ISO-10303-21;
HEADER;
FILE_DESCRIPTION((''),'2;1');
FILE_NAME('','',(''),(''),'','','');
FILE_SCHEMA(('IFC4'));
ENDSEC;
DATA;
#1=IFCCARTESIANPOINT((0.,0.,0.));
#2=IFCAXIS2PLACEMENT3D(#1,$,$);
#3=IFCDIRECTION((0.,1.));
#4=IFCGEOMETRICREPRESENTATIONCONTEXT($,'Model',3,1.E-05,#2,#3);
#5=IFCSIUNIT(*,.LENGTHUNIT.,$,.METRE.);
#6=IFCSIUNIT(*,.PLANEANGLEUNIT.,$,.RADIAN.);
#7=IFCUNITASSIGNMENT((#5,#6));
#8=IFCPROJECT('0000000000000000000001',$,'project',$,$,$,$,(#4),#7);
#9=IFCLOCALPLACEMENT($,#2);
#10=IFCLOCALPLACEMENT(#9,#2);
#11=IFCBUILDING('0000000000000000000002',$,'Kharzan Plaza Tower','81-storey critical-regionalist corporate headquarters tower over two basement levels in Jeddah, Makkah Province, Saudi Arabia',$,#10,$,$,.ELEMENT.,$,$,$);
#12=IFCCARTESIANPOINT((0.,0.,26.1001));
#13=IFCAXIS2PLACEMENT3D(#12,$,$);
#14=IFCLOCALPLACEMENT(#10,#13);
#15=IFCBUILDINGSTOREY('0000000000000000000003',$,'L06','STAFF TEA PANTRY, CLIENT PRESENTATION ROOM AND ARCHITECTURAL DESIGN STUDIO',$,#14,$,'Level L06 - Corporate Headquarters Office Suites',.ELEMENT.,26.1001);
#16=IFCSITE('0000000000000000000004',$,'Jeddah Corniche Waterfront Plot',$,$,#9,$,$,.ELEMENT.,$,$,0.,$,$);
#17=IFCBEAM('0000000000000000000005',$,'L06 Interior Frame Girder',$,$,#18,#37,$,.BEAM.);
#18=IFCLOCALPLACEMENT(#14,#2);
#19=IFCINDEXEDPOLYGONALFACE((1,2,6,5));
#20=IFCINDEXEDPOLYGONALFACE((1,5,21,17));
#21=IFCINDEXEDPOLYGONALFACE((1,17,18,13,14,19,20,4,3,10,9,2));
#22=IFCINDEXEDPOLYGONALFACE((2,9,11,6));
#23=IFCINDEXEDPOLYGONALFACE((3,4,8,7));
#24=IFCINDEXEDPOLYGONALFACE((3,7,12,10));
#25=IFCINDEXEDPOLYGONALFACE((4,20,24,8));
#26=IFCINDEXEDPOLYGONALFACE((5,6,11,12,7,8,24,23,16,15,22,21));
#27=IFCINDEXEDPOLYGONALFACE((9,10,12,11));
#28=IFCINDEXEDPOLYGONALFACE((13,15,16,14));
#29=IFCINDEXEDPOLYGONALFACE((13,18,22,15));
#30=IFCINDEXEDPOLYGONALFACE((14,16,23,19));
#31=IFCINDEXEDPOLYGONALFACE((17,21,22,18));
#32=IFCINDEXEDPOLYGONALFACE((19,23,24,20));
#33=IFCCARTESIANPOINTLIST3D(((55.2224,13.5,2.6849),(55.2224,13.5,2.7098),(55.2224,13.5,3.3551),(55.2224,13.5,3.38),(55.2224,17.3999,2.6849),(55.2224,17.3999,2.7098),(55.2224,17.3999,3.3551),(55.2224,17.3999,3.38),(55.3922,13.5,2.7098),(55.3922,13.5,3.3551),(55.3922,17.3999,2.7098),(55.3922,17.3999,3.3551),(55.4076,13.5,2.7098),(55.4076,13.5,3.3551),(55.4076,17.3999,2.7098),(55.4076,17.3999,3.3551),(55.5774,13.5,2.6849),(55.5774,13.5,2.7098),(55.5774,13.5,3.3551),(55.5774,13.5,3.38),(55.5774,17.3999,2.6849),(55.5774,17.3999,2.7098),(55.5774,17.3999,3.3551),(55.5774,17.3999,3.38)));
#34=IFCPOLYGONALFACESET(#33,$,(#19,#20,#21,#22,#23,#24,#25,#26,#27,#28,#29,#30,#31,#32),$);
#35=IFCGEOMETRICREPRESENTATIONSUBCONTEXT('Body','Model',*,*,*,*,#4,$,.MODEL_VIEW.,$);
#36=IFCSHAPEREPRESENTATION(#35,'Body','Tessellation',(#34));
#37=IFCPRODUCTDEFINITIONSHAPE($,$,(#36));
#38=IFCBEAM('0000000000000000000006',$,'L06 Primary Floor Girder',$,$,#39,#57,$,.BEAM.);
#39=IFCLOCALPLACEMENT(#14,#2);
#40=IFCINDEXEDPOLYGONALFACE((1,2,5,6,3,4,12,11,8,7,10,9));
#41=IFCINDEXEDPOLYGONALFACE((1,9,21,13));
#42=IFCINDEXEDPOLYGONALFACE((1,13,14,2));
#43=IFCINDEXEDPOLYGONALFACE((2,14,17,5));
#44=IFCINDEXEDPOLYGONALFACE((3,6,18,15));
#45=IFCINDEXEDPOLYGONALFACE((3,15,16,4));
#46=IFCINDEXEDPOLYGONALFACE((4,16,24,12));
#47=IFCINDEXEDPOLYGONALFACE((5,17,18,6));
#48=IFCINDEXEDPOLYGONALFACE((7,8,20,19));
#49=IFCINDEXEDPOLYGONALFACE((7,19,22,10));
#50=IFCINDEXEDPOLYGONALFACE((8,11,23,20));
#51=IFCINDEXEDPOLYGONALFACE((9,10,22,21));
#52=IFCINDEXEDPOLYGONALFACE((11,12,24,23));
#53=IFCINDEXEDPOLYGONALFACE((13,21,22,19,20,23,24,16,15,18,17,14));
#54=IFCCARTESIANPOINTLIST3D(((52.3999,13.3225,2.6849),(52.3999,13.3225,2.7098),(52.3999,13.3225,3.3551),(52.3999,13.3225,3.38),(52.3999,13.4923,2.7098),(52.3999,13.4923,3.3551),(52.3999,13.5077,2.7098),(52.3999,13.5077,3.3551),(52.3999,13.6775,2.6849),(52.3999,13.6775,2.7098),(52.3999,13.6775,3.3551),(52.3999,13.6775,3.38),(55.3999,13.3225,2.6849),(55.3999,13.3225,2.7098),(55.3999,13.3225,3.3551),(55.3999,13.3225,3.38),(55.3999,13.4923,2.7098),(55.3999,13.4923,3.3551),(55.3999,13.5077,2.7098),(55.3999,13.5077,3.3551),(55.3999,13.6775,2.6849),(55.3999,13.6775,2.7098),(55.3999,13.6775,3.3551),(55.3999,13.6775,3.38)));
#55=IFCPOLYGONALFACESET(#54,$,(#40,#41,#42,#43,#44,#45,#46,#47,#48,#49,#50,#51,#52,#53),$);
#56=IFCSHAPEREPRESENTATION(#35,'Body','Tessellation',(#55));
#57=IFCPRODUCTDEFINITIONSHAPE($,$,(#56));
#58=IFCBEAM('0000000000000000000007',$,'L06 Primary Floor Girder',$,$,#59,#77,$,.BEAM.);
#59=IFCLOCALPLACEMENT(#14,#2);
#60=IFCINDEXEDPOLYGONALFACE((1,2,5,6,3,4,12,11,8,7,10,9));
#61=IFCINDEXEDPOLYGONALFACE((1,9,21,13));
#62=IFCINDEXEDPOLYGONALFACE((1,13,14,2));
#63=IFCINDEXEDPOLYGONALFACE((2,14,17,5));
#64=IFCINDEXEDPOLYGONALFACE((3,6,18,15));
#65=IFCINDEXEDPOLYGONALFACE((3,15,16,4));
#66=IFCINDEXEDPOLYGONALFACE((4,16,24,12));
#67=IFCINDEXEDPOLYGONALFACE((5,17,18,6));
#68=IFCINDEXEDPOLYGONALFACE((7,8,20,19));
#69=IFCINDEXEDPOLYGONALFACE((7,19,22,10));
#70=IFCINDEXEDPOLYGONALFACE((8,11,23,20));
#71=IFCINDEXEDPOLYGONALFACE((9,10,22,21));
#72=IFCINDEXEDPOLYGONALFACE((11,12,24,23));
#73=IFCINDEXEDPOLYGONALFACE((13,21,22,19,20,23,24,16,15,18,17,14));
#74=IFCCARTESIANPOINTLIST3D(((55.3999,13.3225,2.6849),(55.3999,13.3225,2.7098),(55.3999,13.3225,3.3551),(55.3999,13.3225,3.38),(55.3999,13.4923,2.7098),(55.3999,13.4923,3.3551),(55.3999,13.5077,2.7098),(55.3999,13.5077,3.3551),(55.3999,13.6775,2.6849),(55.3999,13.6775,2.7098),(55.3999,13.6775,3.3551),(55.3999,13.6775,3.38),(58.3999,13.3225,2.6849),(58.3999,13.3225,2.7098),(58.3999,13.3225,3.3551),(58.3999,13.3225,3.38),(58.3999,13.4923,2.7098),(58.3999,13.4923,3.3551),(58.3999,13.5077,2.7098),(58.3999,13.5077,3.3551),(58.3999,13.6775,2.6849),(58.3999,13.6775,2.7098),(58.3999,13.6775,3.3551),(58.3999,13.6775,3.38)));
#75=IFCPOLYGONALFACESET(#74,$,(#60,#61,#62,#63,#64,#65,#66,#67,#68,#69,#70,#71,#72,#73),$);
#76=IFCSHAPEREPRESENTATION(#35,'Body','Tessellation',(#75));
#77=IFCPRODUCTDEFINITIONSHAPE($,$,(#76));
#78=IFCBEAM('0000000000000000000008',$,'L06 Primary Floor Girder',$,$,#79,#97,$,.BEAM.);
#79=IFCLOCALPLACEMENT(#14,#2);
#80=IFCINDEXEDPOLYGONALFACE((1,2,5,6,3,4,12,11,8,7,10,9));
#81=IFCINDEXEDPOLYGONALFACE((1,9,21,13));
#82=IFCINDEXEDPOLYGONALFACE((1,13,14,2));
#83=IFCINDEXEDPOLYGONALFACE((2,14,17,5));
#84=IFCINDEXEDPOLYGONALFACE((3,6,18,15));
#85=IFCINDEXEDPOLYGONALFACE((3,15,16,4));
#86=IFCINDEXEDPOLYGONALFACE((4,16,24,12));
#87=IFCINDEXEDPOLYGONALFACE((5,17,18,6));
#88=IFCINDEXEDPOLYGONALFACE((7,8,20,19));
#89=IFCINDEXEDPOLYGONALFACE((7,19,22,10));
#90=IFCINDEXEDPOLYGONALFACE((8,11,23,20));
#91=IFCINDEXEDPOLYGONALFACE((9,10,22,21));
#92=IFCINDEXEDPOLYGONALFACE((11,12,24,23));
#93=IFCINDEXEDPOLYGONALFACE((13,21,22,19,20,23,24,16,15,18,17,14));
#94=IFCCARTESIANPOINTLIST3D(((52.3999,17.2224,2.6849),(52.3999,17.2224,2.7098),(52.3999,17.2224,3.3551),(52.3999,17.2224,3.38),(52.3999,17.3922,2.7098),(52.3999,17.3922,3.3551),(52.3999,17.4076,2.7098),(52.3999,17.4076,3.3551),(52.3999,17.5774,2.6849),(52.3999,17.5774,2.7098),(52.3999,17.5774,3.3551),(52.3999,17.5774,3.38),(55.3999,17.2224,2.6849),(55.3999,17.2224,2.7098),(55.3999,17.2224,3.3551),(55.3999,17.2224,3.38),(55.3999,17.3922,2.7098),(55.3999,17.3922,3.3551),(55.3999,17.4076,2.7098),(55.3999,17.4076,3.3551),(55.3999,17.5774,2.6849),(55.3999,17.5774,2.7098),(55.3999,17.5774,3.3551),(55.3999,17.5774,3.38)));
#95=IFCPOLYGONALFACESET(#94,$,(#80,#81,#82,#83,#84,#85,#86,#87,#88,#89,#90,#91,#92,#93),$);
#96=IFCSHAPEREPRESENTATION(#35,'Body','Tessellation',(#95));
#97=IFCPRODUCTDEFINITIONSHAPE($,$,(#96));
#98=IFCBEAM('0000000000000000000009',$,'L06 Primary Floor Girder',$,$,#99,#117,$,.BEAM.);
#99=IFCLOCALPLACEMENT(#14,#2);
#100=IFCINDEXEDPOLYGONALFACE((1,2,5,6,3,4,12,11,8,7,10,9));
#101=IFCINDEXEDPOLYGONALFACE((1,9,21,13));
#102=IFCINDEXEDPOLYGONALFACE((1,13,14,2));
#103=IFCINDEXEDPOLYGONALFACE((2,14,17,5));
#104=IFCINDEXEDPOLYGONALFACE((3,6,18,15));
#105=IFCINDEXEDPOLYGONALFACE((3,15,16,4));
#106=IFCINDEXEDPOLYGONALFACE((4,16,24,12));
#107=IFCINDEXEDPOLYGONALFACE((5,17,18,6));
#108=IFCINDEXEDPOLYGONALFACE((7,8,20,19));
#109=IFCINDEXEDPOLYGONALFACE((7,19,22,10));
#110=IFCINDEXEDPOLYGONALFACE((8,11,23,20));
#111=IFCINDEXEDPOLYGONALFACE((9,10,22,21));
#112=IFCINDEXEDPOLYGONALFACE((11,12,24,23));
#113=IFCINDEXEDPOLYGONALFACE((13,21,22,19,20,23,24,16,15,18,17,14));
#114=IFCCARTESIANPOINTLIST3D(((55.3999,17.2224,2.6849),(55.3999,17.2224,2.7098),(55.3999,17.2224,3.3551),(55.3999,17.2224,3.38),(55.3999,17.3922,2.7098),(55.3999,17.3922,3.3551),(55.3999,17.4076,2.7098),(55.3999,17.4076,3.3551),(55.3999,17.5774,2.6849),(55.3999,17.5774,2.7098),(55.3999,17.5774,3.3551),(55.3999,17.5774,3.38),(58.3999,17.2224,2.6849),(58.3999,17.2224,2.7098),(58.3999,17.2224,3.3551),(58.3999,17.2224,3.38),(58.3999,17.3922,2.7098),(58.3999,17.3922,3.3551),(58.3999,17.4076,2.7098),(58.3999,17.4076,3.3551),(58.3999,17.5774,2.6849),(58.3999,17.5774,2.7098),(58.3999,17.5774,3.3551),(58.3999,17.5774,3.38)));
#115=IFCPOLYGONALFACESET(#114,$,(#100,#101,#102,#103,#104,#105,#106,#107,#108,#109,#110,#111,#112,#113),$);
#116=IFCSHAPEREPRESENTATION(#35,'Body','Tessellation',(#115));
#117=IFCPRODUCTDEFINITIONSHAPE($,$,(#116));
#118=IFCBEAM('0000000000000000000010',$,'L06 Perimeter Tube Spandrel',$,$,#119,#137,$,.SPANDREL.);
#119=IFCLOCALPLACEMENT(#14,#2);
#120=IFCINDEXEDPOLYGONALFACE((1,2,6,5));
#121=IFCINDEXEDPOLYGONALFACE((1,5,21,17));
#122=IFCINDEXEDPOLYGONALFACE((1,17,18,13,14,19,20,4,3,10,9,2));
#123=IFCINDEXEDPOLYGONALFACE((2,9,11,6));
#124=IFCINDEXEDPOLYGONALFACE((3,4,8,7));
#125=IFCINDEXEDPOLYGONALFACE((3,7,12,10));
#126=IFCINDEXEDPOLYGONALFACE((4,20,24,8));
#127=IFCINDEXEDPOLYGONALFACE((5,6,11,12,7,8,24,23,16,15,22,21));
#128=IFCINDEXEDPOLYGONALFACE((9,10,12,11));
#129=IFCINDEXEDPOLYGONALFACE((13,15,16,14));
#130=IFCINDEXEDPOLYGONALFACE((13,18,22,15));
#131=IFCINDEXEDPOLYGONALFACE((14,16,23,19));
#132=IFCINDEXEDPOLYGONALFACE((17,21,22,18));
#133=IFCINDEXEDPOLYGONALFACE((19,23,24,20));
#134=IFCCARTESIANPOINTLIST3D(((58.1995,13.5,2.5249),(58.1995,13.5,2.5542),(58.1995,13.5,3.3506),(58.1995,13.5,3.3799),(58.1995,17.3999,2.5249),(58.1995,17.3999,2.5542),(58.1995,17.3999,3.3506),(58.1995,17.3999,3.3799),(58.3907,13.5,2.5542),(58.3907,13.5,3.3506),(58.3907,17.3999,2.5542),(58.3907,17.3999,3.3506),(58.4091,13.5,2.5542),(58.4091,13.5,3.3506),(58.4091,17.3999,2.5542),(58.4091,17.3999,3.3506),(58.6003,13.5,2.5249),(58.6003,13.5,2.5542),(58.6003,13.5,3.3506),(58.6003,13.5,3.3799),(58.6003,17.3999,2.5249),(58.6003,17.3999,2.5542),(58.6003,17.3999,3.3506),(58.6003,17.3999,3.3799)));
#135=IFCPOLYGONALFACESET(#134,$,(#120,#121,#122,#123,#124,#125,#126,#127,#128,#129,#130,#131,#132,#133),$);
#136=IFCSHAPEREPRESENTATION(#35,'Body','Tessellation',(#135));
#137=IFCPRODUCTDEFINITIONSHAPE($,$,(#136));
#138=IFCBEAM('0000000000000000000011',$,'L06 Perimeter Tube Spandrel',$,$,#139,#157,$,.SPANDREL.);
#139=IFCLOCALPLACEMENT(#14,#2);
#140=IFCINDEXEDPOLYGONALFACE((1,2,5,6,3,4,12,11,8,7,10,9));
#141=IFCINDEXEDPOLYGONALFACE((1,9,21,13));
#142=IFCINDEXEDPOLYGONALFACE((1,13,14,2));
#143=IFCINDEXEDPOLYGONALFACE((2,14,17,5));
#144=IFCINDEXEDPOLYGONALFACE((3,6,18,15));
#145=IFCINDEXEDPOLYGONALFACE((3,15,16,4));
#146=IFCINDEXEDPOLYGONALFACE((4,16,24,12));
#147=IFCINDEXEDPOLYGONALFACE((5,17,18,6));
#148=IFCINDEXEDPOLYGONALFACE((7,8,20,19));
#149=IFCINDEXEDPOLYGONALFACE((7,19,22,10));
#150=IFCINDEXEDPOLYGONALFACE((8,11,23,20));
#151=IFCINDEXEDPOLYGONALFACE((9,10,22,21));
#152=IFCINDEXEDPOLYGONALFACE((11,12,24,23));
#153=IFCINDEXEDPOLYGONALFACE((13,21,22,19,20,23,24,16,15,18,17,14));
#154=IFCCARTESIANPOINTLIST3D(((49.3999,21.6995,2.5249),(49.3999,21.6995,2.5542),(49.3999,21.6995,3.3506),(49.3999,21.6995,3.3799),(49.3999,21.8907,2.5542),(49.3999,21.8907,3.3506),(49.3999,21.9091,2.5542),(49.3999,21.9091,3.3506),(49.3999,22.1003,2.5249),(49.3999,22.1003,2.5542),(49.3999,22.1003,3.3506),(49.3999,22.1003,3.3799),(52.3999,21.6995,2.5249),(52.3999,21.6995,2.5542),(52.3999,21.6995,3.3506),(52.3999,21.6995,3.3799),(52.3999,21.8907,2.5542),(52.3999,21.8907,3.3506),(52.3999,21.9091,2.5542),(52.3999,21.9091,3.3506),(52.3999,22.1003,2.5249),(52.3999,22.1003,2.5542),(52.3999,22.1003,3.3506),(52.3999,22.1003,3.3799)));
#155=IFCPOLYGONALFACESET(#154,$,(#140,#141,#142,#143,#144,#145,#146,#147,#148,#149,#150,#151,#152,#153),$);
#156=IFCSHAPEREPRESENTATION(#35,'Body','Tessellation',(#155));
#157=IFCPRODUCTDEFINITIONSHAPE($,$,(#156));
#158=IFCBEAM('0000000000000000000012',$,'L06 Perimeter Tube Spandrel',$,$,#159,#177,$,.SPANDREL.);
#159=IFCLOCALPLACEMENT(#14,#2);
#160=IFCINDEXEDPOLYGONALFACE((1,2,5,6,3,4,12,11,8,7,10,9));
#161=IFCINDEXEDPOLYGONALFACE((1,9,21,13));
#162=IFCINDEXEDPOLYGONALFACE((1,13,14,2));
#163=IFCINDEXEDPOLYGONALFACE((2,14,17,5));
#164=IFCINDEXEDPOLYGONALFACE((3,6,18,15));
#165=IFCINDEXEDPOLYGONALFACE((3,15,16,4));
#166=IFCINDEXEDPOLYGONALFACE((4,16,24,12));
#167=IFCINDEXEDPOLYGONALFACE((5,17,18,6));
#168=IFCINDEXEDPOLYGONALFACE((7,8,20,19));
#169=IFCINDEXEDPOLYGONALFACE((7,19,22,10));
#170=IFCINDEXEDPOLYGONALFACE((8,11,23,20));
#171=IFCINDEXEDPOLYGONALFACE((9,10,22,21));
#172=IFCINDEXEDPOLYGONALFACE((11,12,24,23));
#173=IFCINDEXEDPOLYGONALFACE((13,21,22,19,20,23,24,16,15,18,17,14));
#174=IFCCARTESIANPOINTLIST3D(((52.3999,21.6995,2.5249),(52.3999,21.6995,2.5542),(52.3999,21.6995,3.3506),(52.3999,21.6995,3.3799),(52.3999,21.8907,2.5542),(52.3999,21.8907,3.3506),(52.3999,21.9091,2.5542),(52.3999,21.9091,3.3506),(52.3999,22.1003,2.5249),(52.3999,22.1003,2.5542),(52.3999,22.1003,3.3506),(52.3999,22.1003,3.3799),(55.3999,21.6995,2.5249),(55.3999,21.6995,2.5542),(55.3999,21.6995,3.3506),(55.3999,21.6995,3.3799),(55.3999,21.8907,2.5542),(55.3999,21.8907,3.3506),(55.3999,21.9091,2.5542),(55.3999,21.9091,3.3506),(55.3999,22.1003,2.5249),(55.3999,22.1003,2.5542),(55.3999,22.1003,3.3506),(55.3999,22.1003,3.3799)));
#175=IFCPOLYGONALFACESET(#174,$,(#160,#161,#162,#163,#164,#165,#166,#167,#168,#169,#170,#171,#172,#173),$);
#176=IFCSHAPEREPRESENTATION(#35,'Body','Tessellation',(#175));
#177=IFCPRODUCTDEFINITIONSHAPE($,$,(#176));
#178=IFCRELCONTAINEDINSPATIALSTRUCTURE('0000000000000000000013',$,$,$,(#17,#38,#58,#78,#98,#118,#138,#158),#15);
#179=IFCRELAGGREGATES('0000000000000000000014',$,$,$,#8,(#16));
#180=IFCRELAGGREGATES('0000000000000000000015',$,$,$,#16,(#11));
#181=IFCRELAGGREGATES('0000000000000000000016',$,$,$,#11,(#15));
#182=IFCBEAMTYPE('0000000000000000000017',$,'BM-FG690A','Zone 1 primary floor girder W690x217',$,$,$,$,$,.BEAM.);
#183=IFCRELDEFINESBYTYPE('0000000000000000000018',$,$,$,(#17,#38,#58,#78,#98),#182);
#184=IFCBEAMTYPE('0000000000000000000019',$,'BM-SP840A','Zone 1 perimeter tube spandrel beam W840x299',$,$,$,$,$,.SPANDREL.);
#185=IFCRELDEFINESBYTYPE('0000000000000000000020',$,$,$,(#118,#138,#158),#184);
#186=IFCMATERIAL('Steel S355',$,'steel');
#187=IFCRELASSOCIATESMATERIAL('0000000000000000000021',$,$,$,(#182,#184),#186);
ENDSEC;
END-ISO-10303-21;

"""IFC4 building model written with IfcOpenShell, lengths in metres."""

from ifc_helpers import new_model, si_unit, direction, frame, origin, origin_2d, place, context, subcontext, project, spatial, i_section, extrude, source, transform, mapped, material, material_profile, profile_set, type_object, element, save


model = new_model("IFC4")

# Units and contexts
model_context = context("Model", 3, precision=1e-05, world=origin(), true_north=direction((0.0, 1.0)))
body_context = subcontext(model_context, "Body", "Model", "MODEL_VIEW")
ifc_project = project(units=[si_unit("LENGTHUNIT", "METRE"), si_unit("PLANEANGLEUNIT", "RADIAN")], contexts=[model_context])

# Site, building, storey
site_placement = place(None, origin())
site = spatial("IfcSite", under=ifc_project, at=site_placement, Name="Jeddah Corniche Waterfront Plot", CompositionType="ELEMENT", RefElevation=0.0)
building_placement = place(site_placement, origin())
building = spatial("IfcBuilding", under=site, at=building_placement, Name="Kharzan Plaza Tower", Description="81-storey critical-regionalist corporate headquarters tower over two basement levels in Jeddah, Makkah Province, Saudi Arabia", CompositionType="ELEMENT")
storey_placement = place(building_placement, frame((0.0, 0.0, 26.1001)))
storey = spatial("IfcBuildingStorey", under=building, at=storey_placement, Name="L06", Description="STAFF TEA PANTRY, CLIENT PRESENTATION ROOM AND ARCHITECTURAL DESIGN STUDIO", LongName="Level L06 - Corporate Headquarters Office Suites", CompositionType="ELEMENT", Elevation=26.1001)

# Beams
ifc_material_1 = material(Name="Steel S355", Category="steel")
ifc_material_profile_1 = material_profile(ifc_material_1, i_section(OverallWidth=0.355, OverallDepth=0.6951, WebThickness=0.0154, FlangeThickness=0.0249, at=origin_2d()), Name="W690x217")
ifc_profile_set_1 = profile_set([ifc_material_profile_1], Name="Steel S355")
beam_type_1 = type_object("IfcBeamType", Name="BM-FG690A", Description="Zone 1 primary floor girder W690x217", PredefinedType="BEAM", material=ifc_profile_set_1)
shared_shape_1 = source(origin(), body_context, "Body", "SweptSolid", [
    extrude(i_section(OverallWidth=0.355, OverallDepth=0.6951, WebThickness=0.0154, FlangeThickness=0.0249, at=origin_2d()), origin(), (0.0, 0.0, 1.0), 3.8999),
])
for number, where, z_axis, x_axis, name in (
    (1, (55.3999, 13.5, 3.0325), (0.0, 1.0, 0.0), (-1.0, 0.0, 0.0), "L06 Interior Frame Girder"),
):
    element("IfcBeam", number, at=place(storey_placement, frame(where, z_axis=z_axis, x_axis=x_axis)), inside=storey, type_object=beam_type_1, Name=name, PredefinedType="BEAM", context=body_context, shape_type="MappedRepresentation", body=[
        mapped(shared_shape_1, transform((0.0, 0.0, 0.0), x_axis=(1.0, 0.0, 0.0), y_axis=(0.0, 1.0, 0.0), z_axis=(0.0, 0.0, 1.0))),
    ])
shared_shape_2 = source(origin(), body_context, "Body", "SweptSolid", [
    extrude(i_section(OverallWidth=0.355, OverallDepth=0.6951, WebThickness=0.0154, FlangeThickness=0.0249, at=origin_2d()), origin(), (0.0, 0.0, 1.0), 3.0),
])
for number, where, z_axis, x_axis, name in (
    (2, (52.3999, 13.5, 3.0325), (1.0, 0.0, 0.0), (0.0, 1.0, 0.0), "L06 Primary Floor Girder"),
    (3, (55.3999, 13.5, 3.0325), (1.0, 0.0, 0.0), (0.0, 1.0, 0.0), "L06 Primary Floor Girder"),
    (4, (52.3999, 17.3999, 3.0325), (1.0, 0.0, 0.0), (0.0, 1.0, 0.0), "L06 Primary Floor Girder"),
    (5, (55.3999, 17.3999, 3.0325), (1.0, 0.0, 0.0), (0.0, 1.0, 0.0), "L06 Primary Floor Girder"),
):
    element("IfcBeam", number, at=place(storey_placement, frame(where, z_axis=z_axis, x_axis=x_axis)), inside=storey, type_object=beam_type_1, Name=name, PredefinedType="BEAM", context=body_context, shape_type="MappedRepresentation", body=[
        mapped(shared_shape_2, transform((0.0, 0.0, 0.0), x_axis=(1.0, 0.0, 0.0), y_axis=(0.0, 1.0, 0.0), z_axis=(0.0, 0.0, 1.0))),
    ])
ifc_material_profile_2 = material_profile(ifc_material_1, i_section(OverallWidth=0.4009, OverallDepth=0.855, WebThickness=0.0183, FlangeThickness=0.0293, at=origin_2d()), Name="W840x299")
ifc_profile_set_2 = profile_set([ifc_material_profile_2], Name="Steel S355")
beam_type_2 = type_object("IfcBeamType", Name="BM-SP840A", Description="Zone 1 perimeter tube spandrel beam W840x299", PredefinedType="SPANDREL", material=ifc_profile_set_2)
shared_shape_3 = source(origin(), body_context, "Body", "SweptSolid", [
    extrude(i_section(OverallWidth=0.4009, OverallDepth=0.855, WebThickness=0.0183, FlangeThickness=0.0293, at=origin_2d()), origin(), (0.0, 0.0, 1.0), 3.8999),
])
beam_placement = place(storey_placement, frame((58.3999, 13.5, 2.9524), z_axis=(0.0, 1.0, 0.0), x_axis=(-1.0, 0.0, 0.0)))
element("IfcBeam", 6, at=beam_placement, inside=storey, type_object=beam_type_2, Name="L06 Perimeter Tube Spandrel", PredefinedType="SPANDREL", context=body_context, shape_type="MappedRepresentation", body=[
    mapped(shared_shape_3, transform((0.0, 0.0, 0.0), x_axis=(1.0, 0.0, 0.0), y_axis=(0.0, 1.0, 0.0), z_axis=(0.0, 0.0, 1.0))),
])
shared_shape_4 = source(origin(), body_context, "Body", "SweptSolid", [
    extrude(i_section(OverallWidth=0.4009, OverallDepth=0.855, WebThickness=0.0183, FlangeThickness=0.0293, at=origin_2d()), origin(), (0.0, 0.0, 1.0), 3.0),
])
for number, where, z_axis, x_axis, name in (
    (7, (49.3999, 21.8999, 2.9524), (1.0, 0.0, 0.0), (0.0, 1.0, 0.0), "L06 Perimeter Tube Spandrel"),
    (8, (52.3999, 21.8999, 2.9524), (1.0, 0.0, 0.0), (0.0, 1.0, 0.0), "L06 Perimeter Tube Spandrel"),
):
    element("IfcBeam", number, at=place(storey_placement, frame(where, z_axis=z_axis, x_axis=x_axis)), inside=storey, type_object=beam_type_2, Name=name, PredefinedType="SPANDREL", context=body_context, shape_type="MappedRepresentation", body=[
        mapped(shared_shape_4, transform((0.0, 0.0, 0.0), x_axis=(1.0, 0.0, 0.0), y_axis=(0.0, 1.0, 0.0), z_axis=(0.0, 0.0, 1.0))),
    ])

save(model, "model.ifc")
